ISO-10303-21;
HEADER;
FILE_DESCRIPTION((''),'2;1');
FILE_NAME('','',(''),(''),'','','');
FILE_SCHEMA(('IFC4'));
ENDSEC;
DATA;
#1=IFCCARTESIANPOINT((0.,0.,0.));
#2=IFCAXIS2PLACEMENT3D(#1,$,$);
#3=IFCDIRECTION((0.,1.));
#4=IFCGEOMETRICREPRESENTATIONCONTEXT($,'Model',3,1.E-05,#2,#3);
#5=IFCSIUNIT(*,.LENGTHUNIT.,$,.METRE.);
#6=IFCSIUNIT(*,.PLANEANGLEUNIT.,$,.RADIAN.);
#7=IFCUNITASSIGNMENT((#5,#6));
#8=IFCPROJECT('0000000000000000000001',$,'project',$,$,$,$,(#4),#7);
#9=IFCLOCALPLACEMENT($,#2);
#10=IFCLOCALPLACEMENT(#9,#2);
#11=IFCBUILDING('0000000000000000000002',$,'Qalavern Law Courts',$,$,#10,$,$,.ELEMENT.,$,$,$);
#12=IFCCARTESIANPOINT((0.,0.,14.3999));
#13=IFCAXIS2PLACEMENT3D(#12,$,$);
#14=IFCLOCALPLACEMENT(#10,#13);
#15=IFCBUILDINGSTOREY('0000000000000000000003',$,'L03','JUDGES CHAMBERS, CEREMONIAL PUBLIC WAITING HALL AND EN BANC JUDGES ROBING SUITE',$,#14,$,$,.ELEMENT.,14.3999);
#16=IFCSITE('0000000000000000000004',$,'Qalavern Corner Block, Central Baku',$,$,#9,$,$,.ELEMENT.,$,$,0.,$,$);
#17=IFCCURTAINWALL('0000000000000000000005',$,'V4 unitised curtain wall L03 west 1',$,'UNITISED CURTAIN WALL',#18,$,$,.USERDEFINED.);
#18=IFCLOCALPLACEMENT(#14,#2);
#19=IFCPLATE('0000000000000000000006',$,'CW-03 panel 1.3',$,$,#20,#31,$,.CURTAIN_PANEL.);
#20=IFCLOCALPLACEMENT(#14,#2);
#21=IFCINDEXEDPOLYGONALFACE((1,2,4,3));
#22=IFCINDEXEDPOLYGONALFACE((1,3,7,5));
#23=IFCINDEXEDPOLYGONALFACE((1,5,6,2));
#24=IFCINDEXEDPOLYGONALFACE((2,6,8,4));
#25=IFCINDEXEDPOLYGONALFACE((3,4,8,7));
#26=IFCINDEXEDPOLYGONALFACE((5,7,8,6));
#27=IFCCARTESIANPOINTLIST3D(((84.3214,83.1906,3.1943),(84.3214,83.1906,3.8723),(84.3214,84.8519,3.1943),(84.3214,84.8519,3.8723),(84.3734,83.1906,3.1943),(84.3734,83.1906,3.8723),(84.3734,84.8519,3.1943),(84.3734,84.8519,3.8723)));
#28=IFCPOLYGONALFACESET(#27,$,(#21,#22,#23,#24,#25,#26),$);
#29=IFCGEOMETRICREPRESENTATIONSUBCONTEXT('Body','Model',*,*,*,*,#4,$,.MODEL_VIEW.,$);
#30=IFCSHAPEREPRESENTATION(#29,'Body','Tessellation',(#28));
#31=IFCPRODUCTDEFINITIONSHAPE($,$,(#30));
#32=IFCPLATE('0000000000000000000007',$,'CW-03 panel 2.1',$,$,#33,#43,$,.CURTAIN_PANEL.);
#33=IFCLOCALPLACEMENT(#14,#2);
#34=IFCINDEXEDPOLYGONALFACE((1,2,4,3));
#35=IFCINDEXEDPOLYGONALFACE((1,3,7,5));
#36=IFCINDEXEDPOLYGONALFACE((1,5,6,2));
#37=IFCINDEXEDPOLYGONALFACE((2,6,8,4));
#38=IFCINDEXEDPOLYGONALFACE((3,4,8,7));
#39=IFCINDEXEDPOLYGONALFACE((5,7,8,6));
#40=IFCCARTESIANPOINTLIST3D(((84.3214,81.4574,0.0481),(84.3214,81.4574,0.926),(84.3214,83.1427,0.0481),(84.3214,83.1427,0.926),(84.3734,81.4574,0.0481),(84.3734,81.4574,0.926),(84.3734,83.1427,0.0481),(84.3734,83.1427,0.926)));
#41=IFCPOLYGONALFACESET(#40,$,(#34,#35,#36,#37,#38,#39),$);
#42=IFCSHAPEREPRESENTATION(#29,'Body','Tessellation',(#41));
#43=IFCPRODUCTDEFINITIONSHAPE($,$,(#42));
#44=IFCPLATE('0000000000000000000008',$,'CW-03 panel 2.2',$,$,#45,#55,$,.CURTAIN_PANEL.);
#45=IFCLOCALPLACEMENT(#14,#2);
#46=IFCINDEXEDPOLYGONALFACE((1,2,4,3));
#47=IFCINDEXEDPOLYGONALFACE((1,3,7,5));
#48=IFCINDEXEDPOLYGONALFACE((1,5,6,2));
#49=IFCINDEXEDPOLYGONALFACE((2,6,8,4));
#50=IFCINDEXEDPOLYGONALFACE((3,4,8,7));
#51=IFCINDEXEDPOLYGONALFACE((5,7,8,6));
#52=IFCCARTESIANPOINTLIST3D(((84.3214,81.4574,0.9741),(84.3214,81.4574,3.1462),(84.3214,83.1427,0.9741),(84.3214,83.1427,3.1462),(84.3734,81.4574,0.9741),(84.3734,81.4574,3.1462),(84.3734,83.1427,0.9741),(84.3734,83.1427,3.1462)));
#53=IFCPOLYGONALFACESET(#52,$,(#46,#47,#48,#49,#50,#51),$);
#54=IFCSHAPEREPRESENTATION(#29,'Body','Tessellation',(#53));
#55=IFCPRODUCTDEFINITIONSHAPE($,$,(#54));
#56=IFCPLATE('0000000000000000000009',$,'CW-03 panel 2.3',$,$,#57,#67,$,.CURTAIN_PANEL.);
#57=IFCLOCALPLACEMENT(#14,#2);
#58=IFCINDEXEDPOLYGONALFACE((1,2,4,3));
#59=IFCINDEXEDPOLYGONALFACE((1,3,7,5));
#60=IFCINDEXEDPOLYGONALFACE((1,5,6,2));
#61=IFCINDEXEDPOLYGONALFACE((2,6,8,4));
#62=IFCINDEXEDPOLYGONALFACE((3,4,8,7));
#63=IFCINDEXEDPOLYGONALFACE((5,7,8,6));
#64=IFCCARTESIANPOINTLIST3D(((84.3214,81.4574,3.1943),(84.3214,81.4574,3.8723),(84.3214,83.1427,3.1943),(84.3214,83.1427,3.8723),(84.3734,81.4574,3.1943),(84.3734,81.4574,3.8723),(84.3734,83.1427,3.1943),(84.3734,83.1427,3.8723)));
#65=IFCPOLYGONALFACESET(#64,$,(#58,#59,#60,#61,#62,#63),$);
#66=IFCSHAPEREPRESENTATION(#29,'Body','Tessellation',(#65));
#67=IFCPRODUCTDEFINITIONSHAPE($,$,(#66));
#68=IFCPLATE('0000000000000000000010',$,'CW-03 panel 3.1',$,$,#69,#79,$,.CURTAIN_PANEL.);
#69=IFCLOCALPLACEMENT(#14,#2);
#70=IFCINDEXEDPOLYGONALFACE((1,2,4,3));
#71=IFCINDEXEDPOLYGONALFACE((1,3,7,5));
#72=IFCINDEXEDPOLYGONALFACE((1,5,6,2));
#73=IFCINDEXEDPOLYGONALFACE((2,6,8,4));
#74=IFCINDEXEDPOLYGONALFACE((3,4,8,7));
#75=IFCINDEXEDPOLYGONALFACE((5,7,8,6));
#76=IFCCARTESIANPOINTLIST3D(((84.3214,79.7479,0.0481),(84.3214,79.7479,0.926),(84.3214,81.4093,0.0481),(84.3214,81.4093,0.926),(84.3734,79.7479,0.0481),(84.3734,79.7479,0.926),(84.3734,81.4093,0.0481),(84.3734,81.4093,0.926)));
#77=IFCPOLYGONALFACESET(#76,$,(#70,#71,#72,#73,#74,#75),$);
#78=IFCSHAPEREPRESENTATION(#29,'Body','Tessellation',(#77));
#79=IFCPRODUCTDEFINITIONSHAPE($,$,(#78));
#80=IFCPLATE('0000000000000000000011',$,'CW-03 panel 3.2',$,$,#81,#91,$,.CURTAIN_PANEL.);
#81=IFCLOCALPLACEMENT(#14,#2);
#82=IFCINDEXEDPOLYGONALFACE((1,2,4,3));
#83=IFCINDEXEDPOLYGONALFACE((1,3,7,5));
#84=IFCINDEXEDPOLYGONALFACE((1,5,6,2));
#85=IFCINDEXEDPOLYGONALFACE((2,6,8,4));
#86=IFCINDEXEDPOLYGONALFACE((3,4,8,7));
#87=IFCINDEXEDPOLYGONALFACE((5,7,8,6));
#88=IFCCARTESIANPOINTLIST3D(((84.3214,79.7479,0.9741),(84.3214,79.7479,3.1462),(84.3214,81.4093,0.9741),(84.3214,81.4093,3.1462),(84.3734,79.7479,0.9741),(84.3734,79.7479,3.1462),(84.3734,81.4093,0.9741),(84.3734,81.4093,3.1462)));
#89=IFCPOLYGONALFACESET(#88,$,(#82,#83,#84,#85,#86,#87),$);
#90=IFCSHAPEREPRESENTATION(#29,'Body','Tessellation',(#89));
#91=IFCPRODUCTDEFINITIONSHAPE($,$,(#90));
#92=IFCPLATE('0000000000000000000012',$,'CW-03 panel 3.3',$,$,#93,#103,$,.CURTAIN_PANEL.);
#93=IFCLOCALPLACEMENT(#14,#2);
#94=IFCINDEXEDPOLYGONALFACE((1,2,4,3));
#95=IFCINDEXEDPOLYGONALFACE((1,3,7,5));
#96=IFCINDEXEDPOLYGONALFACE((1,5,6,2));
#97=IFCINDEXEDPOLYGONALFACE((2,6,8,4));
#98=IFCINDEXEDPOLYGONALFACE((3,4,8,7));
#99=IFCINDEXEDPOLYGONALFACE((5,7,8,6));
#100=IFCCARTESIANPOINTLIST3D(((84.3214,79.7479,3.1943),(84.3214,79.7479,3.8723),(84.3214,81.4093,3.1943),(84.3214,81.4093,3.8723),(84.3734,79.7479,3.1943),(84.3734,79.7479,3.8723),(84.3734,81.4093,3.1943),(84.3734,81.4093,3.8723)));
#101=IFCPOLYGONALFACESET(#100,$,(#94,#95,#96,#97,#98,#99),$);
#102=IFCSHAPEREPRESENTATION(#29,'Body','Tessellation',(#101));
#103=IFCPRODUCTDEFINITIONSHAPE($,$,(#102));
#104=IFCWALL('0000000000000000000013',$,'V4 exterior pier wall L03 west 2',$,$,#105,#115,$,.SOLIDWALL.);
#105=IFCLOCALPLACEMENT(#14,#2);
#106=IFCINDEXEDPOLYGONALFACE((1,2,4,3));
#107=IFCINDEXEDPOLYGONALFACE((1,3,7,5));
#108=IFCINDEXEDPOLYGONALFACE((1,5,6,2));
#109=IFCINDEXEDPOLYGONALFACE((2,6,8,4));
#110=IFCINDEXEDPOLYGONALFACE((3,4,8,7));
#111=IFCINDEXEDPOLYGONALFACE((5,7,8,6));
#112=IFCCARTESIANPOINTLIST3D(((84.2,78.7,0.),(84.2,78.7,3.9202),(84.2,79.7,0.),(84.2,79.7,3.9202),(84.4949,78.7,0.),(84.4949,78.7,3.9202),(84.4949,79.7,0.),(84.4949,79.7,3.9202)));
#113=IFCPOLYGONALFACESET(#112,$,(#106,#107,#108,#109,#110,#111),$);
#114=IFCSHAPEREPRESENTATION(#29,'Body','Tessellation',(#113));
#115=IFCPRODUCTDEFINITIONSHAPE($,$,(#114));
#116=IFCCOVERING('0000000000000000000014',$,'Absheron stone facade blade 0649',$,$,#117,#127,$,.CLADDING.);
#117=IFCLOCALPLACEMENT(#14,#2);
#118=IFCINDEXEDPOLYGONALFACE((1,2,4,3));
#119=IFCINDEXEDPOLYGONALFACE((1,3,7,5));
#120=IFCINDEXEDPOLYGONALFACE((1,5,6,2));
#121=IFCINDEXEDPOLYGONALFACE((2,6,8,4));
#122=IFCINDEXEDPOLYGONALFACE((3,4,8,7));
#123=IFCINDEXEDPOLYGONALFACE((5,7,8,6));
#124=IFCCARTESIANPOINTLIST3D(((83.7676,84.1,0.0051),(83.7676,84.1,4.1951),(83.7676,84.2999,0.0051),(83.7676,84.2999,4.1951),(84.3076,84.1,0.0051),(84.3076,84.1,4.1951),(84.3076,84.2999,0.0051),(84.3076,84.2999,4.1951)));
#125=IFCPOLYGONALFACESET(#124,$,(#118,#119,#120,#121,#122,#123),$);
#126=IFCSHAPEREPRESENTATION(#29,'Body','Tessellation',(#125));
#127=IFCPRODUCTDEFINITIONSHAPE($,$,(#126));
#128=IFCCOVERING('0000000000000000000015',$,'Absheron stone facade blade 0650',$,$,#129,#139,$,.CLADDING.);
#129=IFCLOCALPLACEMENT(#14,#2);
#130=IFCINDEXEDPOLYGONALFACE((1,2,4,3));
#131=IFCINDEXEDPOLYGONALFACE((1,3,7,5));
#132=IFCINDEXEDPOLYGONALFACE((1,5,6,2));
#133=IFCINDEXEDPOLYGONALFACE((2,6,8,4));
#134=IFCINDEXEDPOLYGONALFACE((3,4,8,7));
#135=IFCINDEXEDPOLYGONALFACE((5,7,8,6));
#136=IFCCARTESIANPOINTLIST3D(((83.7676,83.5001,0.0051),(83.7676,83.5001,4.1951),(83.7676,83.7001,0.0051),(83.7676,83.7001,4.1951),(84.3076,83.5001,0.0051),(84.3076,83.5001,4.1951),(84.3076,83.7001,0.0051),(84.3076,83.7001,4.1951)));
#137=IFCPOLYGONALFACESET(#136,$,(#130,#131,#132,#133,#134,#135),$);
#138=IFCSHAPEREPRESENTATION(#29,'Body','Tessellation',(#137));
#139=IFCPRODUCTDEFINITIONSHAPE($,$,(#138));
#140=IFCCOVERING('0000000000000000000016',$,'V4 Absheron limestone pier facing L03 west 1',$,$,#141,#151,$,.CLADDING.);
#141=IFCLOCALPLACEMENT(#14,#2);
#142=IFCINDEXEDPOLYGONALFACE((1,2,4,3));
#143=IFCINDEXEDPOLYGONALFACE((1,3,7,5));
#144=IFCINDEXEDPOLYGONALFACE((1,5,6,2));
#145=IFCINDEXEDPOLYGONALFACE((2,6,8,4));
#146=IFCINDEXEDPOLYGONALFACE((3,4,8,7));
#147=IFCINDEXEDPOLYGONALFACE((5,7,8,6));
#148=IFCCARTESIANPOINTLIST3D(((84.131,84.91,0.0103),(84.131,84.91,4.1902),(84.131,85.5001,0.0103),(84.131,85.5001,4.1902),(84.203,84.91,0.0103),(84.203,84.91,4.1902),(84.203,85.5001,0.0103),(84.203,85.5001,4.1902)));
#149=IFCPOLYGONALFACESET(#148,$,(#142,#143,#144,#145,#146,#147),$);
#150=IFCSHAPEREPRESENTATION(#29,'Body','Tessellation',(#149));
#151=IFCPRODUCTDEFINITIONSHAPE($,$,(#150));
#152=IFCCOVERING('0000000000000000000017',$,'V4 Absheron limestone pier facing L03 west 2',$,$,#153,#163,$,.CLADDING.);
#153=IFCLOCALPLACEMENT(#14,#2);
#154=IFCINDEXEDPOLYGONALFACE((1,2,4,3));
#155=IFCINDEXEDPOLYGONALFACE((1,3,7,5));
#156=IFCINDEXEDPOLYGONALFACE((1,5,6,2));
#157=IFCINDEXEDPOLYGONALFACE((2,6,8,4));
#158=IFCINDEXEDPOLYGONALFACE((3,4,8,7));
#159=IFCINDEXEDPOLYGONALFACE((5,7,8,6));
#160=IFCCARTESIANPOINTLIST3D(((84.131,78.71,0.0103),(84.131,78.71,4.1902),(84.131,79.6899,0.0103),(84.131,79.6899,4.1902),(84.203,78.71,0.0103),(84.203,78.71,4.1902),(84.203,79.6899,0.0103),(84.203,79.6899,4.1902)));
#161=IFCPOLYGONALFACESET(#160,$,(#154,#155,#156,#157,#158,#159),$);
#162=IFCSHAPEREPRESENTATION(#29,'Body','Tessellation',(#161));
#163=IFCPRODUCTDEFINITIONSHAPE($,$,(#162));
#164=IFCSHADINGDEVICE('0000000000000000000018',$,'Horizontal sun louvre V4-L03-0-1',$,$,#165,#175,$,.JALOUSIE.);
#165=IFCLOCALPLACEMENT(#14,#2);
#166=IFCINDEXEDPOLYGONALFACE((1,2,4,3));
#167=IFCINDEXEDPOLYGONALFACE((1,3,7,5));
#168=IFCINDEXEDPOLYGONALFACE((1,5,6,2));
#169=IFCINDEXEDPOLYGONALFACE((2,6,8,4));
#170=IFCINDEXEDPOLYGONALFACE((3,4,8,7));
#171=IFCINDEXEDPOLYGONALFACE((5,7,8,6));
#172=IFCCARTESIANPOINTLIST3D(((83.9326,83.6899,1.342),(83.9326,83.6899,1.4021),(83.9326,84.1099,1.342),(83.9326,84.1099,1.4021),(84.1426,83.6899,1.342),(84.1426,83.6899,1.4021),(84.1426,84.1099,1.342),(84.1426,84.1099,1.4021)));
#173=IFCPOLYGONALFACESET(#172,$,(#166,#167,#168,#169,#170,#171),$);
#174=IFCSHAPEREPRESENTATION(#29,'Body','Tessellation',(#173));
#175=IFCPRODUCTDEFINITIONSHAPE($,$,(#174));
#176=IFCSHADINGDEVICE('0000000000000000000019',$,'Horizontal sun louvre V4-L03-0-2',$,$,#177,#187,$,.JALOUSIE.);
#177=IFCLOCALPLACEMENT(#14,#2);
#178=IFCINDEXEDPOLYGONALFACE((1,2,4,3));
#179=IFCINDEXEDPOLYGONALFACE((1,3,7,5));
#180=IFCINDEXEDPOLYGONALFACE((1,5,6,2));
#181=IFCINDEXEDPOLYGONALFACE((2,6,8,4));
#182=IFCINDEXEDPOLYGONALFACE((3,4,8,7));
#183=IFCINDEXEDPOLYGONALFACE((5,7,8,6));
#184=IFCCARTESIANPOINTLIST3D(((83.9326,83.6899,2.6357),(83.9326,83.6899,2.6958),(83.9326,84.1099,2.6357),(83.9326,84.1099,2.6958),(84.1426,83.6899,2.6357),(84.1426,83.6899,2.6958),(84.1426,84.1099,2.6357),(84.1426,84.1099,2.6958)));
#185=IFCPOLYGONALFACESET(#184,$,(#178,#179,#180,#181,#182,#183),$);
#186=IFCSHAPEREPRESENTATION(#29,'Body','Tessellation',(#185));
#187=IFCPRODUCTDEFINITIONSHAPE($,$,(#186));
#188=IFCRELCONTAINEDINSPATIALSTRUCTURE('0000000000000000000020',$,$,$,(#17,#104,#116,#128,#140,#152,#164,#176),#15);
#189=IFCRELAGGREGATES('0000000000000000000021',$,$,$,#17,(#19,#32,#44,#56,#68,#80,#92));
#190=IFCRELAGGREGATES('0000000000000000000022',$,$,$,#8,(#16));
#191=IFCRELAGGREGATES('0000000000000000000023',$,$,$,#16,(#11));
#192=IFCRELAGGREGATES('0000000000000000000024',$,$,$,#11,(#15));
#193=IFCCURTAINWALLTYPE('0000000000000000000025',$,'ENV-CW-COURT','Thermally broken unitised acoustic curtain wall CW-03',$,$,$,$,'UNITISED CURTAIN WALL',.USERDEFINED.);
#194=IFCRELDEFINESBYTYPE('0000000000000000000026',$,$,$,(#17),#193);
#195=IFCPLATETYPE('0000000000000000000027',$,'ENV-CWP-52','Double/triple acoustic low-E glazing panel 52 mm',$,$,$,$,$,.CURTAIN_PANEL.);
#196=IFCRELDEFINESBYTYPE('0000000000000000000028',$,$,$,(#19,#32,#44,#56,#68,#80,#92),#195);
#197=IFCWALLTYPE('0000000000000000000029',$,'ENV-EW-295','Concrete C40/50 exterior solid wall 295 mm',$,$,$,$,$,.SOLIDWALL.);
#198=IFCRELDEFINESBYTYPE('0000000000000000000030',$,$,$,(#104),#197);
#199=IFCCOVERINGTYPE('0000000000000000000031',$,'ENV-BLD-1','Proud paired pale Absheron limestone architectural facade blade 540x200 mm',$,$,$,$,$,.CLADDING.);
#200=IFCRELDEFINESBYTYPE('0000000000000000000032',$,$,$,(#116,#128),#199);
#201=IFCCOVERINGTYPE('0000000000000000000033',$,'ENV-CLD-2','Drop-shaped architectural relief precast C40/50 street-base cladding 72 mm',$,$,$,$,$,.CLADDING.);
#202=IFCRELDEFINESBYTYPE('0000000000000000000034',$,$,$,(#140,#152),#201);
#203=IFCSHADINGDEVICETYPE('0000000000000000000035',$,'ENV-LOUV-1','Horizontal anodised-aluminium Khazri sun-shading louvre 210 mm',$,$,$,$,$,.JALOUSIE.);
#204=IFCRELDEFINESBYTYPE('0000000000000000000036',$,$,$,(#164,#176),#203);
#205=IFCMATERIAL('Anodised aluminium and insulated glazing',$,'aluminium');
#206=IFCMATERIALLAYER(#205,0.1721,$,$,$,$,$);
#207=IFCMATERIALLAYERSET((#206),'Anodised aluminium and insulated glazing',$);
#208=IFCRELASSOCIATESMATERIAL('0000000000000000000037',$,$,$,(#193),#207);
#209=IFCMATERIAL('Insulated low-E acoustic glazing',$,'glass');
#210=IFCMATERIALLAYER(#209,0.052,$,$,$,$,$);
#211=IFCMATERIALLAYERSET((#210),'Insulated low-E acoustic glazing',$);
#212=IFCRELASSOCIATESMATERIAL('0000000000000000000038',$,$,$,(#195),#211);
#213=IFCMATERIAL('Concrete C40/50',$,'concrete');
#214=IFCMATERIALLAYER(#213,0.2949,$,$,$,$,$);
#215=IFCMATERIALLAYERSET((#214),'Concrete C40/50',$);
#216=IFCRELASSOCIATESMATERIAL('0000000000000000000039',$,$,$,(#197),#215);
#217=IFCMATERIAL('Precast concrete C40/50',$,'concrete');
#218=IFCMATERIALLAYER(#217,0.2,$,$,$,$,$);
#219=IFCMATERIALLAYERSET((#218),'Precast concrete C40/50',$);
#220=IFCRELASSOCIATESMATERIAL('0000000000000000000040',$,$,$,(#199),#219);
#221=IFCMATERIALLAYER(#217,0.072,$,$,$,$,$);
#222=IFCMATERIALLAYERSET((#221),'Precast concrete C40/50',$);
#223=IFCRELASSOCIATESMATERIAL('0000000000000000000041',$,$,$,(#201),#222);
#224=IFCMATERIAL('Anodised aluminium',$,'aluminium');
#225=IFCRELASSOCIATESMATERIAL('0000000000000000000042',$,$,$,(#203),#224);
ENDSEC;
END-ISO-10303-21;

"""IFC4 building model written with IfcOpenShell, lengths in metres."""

from ifc_helpers import new_model, si_unit, direction, frame, frame_2d, origin, origin_2d, place, context, subcontext, project, spatial, rectangle, extrude, material, layer, layer_set, type_object, element, aggregate, save


model = new_model("IFC4")

# Units and contexts
model_context = context("Model", 3, precision=1e-05, world=origin(), true_north=direction((0.0, 1.0)))
body_context = subcontext(model_context, "Body", "Model", "MODEL_VIEW")
ifc_project = project(units=[si_unit("LENGTHUNIT", "METRE"), si_unit("PLANEANGLEUNIT", "RADIAN")], contexts=[model_context])

# Site, building, storey
site_placement = place(None, origin())
site = spatial("IfcSite", under=ifc_project, at=site_placement, Name="Qalavern Corner Block, Central Baku", CompositionType="ELEMENT", RefElevation=0.0)
building_placement = place(site_placement, origin())
building = spatial("IfcBuilding", under=site, at=building_placement, Name="Qalavern Law Courts", CompositionType="ELEMENT")
storey_placement = place(building_placement, frame((0.0, 0.0, 14.3999)))
storey = spatial("IfcBuildingStorey", under=building, at=storey_placement, Name="L03", Description="JUDGES CHAMBERS, CEREMONIAL PUBLIC WAITING HALL AND EN BANC JUDGES ROBING SUITE", CompositionType="ELEMENT", Elevation=14.3999)

# Curtain wall
ifc_material_1 = material(Name="Anodised aluminium and insulated glazing", Category="aluminium")
ifc_layer_1 = layer(ifc_material_1, 0.1721)
ifc_layer_set_1 = layer_set([ifc_layer_1], Name="Anodised aluminium and insulated glazing")
curtain_wall_type = type_object("IfcCurtainWallType", Name="ENV-CW-COURT", Description="Thermally broken unitised acoustic curtain wall CW-03", ElementType="UNITISED CURTAIN WALL", PredefinedType="USERDEFINED", material=ifc_layer_set_1)
curtain_wall_1_placement = place(storey_placement, origin())
curtain_wall_1 = element("IfcCurtainWall", 1, at=curtain_wall_1_placement, inside=storey, type_object=curtain_wall_type, Name="V4 unitised curtain wall L03 west 1", ObjectType="UNITISED CURTAIN WALL", PredefinedType="USERDEFINED")
ifc_material_2 = material(Name="Anodised aluminium", Category="aluminium")

# Plates
ifc_material_3 = material(Name="Insulated low-E acoustic glazing", Category="glass")
ifc_layer_2 = layer(ifc_material_3, 0.052)
ifc_layer_set_2 = layer_set([ifc_layer_2], Name="Insulated low-E acoustic glazing")
plate_type = type_object("IfcPlateType", Name="ENV-CWP-52", Description="Double/triple acoustic low-E glazing panel 52 mm", PredefinedType="CURTAIN_PANEL", material=ifc_layer_set_2)
plate_1_placement = place(storey_placement, frame((84.3474, 84.0212, 3.1943), z_axis=(0.0, 0.0, 1.0), x_axis=(0.0, -1.0, 0.0)))
plate_1 = element("IfcPlate", 2, at=plate_1_placement, type_object=plate_type, Name="CW-03 panel 1.3", PredefinedType="CURTAIN_PANEL", context=body_context, shape_type="SweptSolid", body=[
    extrude(rectangle(XDim=1.6614, YDim=0.052, at=origin_2d()), origin(), (0.0, 0.0, 1.0), 0.678),
])
plate_2_placement = place(storey_placement, frame((84.3474, 82.3, 0.0481), z_axis=(0.0, 0.0, 1.0), x_axis=(0.0, -1.0, 0.0)))
plate_2 = element("IfcPlate", 3, at=plate_2_placement, type_object=plate_type, Name="CW-03 panel 2.1", PredefinedType="CURTAIN_PANEL", context=body_context, shape_type="SweptSolid", body=[
    extrude(rectangle(XDim=1.6853, YDim=0.052, at=origin_2d()), origin(), (0.0, 0.0, 1.0), 0.8779),
])
plate_3_placement = place(storey_placement, frame((84.3474, 82.3, 0.9741), z_axis=(0.0, 0.0, 1.0), x_axis=(0.0, -1.0, 0.0)))
plate_3 = element("IfcPlate", 4, at=plate_3_placement, type_object=plate_type, Name="CW-03 panel 2.2", PredefinedType="CURTAIN_PANEL", context=body_context, shape_type="SweptSolid", body=[
    extrude(rectangle(XDim=1.6853, YDim=0.052, at=origin_2d()), origin(), (0.0, 0.0, 1.0), 2.1721),
])
plate_4_placement = place(storey_placement, frame((84.3474, 82.3, 3.1943), z_axis=(0.0, 0.0, 1.0), x_axis=(0.0, -1.0, 0.0)))
plate_4 = element("IfcPlate", 5, at=plate_4_placement, type_object=plate_type, Name="CW-03 panel 2.3", PredefinedType="CURTAIN_PANEL", context=body_context, shape_type="SweptSolid", body=[
    extrude(rectangle(XDim=1.6853, YDim=0.052, at=origin_2d()), origin(), (0.0, 0.0, 1.0), 0.678),
])
plate_5_placement = place(storey_placement, frame((84.3474, 80.5786, 0.0481), z_axis=(0.0, 0.0, 1.0), x_axis=(0.0, -1.0, 0.0)))
plate_5 = element("IfcPlate", 6, at=plate_5_placement, type_object=plate_type, Name="CW-03 panel 3.1", PredefinedType="CURTAIN_PANEL", context=body_context, shape_type="SweptSolid", body=[
    extrude(rectangle(XDim=1.6614, YDim=0.052, at=origin_2d()), origin(), (0.0, 0.0, 1.0), 0.8779),
])
plate_6_placement = place(storey_placement, frame((84.3474, 80.5786, 0.9741), z_axis=(0.0, 0.0, 1.0), x_axis=(0.0, -1.0, 0.0)))
plate_6 = element("IfcPlate", 7, at=plate_6_placement, type_object=plate_type, Name="CW-03 panel 3.2", PredefinedType="CURTAIN_PANEL", context=body_context, shape_type="SweptSolid", body=[
    extrude(rectangle(XDim=1.6614, YDim=0.052, at=origin_2d()), origin(), (0.0, 0.0, 1.0), 2.1721),
])
plate_7_placement = place(storey_placement, frame((84.3474, 80.5786, 3.1943), z_axis=(0.0, 0.0, 1.0), x_axis=(0.0, -1.0, 0.0)))
plate_7 = element("IfcPlate", 8, at=plate_7_placement, type_object=plate_type, Name="CW-03 panel 3.3", PredefinedType="CURTAIN_PANEL", context=body_context, shape_type="SweptSolid", body=[
    extrude(rectangle(XDim=1.6614, YDim=0.052, at=origin_2d()), origin(), (0.0, 0.0, 1.0), 0.678),
])
aggregate(curtain_wall_1, [plate_1, plate_2, plate_3, plate_4, plate_5, plate_6, plate_7])

# Wall
ifc_material_4 = material(Name="Concrete C40/50", Category="concrete")
ifc_layer_3 = layer(ifc_material_4, 0.2949)
ifc_layer_set_3 = layer_set([ifc_layer_3], Name="Concrete C40/50")
wall_type = type_object("IfcWallType", Name="ENV-EW-295", Description="Concrete C40/50 exterior solid wall 295 mm", PredefinedType="SOLIDWALL", material=ifc_layer_set_3)
wall_placement = place(storey_placement, frame((84.3474, 79.7, 0.0), z_axis=(0.0, 0.0, 1.0), x_axis=(0.0, -1.0, 0.0)))
element("IfcWall", 9, at=wall_placement, inside=storey, type_object=wall_type, Name="V4 exterior pier wall L03 west 2", PredefinedType="SOLIDWALL", context=body_context, shape_type="SweptSolid", body=[
    extrude(rectangle(XDim=1.0, YDim=0.2949, at=frame_2d((0.5, 0.0))), origin(), (0.0, 0.0, 1.0), 3.9202),
])

# Coverings
ifc_material_5 = material(Name="Precast concrete C40/50", Category="concrete")
ifc_layer_4 = layer(ifc_material_5, 0.2)
ifc_layer_set_4 = layer_set([ifc_layer_4], Name="Precast concrete C40/50")
covering_type_1 = type_object("IfcCoveringType", Name="ENV-BLD-1", Description="Proud paired pale Absheron limestone architectural facade blade 540x200 mm", PredefinedType="CLADDING", material=ifc_layer_set_4)
for number, where, z_axis, x_axis, name in (
    (10, (84.0376, 84.2, 0.0051), (0.0, 0.0, 1.0), (-1.0, 0.0, 0.0), "Absheron stone facade blade 0649"),
    (11, (84.0376, 83.6001, 0.0051), (0.0, 0.0, 1.0), (-1.0, 0.0, 0.0), "Absheron stone facade blade 0650"),
):
    element("IfcCovering", number, at=place(storey_placement, frame(where, z_axis=z_axis, x_axis=x_axis)), inside=storey, type_object=covering_type_1, Name=name, PredefinedType="CLADDING", context=body_context, shape_type="SweptSolid", body=[
        extrude(rectangle(XDim=0.54, YDim=0.2, at=origin_2d()), origin(), (0.0, 0.0, 1.0), 4.1899),
    ])
ifc_layer_5 = layer(ifc_material_5, 0.072)
ifc_layer_set_5 = layer_set([ifc_layer_5], Name="Precast concrete C40/50")
covering_type_2 = type_object("IfcCoveringType", Name="ENV-CLD-2", Description="Drop-shaped architectural relief precast C40/50 street-base cladding 72 mm", PredefinedType="CLADDING", material=ifc_layer_set_5)
covering_1_placement = place(storey_placement, frame((84.167, 85.2051, 0.0103), z_axis=(0.0, 0.0, 1.0), x_axis=(0.0, -1.0, 0.0)))
element("IfcCovering", 12, at=covering_1_placement, inside=storey, type_object=covering_type_2, Name="V4 Absheron limestone pier facing L03 west 1", PredefinedType="CLADDING", context=body_context, shape_type="SweptSolid", body=[
    extrude(rectangle(XDim=0.5901, YDim=0.072, at=origin_2d()), origin(), (0.0, 0.0, 1.0), 4.1799),
])
covering_2_placement = place(storey_placement, frame((84.167, 79.2, 0.0103), z_axis=(0.0, 0.0, 1.0), x_axis=(0.0, -1.0, 0.0)))
element("IfcCovering", 13, at=covering_2_placement, inside=storey, type_object=covering_type_2, Name="V4 Absheron limestone pier facing L03 west 2", PredefinedType="CLADDING", context=body_context, shape_type="SweptSolid", body=[
    extrude(rectangle(XDim=0.98, YDim=0.072, at=origin_2d()), origin(), (0.0, 0.0, 1.0), 4.1799),
])

# Shading devices
shading_device_type = type_object("IfcShadingDeviceType", Name="ENV-LOUV-1", Description="Horizontal anodised-aluminium Khazri sun-shading louvre 210 mm", PredefinedType="JALOUSIE", material=ifc_material_2)
for number, where, z_axis, x_axis, name in (
    (14, (84.0376, 83.8999, 1.342), (0.0, 0.0, 1.0), (0.0, -1.0, 0.0), "Horizontal sun louvre V4-L03-0-1"),
    (15, (84.0376, 83.8999, 2.6357), (0.0, 0.0, 1.0), (0.0, -1.0, 0.0), "Horizontal sun louvre V4-L03-0-2"),
):
    element("IfcShadingDevice", number, at=place(storey_placement, frame(where, z_axis=z_axis, x_axis=x_axis)), inside=storey, type_object=shading_device_type, Name=name, PredefinedType="JALOUSIE", context=body_context, shape_type="SweptSolid", body=[
        extrude(rectangle(XDim=0.4199, YDim=0.21, at=origin_2d()), origin(), (0.0, 0.0, 1.0), 0.0601),
    ])

save(model, "model.ifc")
